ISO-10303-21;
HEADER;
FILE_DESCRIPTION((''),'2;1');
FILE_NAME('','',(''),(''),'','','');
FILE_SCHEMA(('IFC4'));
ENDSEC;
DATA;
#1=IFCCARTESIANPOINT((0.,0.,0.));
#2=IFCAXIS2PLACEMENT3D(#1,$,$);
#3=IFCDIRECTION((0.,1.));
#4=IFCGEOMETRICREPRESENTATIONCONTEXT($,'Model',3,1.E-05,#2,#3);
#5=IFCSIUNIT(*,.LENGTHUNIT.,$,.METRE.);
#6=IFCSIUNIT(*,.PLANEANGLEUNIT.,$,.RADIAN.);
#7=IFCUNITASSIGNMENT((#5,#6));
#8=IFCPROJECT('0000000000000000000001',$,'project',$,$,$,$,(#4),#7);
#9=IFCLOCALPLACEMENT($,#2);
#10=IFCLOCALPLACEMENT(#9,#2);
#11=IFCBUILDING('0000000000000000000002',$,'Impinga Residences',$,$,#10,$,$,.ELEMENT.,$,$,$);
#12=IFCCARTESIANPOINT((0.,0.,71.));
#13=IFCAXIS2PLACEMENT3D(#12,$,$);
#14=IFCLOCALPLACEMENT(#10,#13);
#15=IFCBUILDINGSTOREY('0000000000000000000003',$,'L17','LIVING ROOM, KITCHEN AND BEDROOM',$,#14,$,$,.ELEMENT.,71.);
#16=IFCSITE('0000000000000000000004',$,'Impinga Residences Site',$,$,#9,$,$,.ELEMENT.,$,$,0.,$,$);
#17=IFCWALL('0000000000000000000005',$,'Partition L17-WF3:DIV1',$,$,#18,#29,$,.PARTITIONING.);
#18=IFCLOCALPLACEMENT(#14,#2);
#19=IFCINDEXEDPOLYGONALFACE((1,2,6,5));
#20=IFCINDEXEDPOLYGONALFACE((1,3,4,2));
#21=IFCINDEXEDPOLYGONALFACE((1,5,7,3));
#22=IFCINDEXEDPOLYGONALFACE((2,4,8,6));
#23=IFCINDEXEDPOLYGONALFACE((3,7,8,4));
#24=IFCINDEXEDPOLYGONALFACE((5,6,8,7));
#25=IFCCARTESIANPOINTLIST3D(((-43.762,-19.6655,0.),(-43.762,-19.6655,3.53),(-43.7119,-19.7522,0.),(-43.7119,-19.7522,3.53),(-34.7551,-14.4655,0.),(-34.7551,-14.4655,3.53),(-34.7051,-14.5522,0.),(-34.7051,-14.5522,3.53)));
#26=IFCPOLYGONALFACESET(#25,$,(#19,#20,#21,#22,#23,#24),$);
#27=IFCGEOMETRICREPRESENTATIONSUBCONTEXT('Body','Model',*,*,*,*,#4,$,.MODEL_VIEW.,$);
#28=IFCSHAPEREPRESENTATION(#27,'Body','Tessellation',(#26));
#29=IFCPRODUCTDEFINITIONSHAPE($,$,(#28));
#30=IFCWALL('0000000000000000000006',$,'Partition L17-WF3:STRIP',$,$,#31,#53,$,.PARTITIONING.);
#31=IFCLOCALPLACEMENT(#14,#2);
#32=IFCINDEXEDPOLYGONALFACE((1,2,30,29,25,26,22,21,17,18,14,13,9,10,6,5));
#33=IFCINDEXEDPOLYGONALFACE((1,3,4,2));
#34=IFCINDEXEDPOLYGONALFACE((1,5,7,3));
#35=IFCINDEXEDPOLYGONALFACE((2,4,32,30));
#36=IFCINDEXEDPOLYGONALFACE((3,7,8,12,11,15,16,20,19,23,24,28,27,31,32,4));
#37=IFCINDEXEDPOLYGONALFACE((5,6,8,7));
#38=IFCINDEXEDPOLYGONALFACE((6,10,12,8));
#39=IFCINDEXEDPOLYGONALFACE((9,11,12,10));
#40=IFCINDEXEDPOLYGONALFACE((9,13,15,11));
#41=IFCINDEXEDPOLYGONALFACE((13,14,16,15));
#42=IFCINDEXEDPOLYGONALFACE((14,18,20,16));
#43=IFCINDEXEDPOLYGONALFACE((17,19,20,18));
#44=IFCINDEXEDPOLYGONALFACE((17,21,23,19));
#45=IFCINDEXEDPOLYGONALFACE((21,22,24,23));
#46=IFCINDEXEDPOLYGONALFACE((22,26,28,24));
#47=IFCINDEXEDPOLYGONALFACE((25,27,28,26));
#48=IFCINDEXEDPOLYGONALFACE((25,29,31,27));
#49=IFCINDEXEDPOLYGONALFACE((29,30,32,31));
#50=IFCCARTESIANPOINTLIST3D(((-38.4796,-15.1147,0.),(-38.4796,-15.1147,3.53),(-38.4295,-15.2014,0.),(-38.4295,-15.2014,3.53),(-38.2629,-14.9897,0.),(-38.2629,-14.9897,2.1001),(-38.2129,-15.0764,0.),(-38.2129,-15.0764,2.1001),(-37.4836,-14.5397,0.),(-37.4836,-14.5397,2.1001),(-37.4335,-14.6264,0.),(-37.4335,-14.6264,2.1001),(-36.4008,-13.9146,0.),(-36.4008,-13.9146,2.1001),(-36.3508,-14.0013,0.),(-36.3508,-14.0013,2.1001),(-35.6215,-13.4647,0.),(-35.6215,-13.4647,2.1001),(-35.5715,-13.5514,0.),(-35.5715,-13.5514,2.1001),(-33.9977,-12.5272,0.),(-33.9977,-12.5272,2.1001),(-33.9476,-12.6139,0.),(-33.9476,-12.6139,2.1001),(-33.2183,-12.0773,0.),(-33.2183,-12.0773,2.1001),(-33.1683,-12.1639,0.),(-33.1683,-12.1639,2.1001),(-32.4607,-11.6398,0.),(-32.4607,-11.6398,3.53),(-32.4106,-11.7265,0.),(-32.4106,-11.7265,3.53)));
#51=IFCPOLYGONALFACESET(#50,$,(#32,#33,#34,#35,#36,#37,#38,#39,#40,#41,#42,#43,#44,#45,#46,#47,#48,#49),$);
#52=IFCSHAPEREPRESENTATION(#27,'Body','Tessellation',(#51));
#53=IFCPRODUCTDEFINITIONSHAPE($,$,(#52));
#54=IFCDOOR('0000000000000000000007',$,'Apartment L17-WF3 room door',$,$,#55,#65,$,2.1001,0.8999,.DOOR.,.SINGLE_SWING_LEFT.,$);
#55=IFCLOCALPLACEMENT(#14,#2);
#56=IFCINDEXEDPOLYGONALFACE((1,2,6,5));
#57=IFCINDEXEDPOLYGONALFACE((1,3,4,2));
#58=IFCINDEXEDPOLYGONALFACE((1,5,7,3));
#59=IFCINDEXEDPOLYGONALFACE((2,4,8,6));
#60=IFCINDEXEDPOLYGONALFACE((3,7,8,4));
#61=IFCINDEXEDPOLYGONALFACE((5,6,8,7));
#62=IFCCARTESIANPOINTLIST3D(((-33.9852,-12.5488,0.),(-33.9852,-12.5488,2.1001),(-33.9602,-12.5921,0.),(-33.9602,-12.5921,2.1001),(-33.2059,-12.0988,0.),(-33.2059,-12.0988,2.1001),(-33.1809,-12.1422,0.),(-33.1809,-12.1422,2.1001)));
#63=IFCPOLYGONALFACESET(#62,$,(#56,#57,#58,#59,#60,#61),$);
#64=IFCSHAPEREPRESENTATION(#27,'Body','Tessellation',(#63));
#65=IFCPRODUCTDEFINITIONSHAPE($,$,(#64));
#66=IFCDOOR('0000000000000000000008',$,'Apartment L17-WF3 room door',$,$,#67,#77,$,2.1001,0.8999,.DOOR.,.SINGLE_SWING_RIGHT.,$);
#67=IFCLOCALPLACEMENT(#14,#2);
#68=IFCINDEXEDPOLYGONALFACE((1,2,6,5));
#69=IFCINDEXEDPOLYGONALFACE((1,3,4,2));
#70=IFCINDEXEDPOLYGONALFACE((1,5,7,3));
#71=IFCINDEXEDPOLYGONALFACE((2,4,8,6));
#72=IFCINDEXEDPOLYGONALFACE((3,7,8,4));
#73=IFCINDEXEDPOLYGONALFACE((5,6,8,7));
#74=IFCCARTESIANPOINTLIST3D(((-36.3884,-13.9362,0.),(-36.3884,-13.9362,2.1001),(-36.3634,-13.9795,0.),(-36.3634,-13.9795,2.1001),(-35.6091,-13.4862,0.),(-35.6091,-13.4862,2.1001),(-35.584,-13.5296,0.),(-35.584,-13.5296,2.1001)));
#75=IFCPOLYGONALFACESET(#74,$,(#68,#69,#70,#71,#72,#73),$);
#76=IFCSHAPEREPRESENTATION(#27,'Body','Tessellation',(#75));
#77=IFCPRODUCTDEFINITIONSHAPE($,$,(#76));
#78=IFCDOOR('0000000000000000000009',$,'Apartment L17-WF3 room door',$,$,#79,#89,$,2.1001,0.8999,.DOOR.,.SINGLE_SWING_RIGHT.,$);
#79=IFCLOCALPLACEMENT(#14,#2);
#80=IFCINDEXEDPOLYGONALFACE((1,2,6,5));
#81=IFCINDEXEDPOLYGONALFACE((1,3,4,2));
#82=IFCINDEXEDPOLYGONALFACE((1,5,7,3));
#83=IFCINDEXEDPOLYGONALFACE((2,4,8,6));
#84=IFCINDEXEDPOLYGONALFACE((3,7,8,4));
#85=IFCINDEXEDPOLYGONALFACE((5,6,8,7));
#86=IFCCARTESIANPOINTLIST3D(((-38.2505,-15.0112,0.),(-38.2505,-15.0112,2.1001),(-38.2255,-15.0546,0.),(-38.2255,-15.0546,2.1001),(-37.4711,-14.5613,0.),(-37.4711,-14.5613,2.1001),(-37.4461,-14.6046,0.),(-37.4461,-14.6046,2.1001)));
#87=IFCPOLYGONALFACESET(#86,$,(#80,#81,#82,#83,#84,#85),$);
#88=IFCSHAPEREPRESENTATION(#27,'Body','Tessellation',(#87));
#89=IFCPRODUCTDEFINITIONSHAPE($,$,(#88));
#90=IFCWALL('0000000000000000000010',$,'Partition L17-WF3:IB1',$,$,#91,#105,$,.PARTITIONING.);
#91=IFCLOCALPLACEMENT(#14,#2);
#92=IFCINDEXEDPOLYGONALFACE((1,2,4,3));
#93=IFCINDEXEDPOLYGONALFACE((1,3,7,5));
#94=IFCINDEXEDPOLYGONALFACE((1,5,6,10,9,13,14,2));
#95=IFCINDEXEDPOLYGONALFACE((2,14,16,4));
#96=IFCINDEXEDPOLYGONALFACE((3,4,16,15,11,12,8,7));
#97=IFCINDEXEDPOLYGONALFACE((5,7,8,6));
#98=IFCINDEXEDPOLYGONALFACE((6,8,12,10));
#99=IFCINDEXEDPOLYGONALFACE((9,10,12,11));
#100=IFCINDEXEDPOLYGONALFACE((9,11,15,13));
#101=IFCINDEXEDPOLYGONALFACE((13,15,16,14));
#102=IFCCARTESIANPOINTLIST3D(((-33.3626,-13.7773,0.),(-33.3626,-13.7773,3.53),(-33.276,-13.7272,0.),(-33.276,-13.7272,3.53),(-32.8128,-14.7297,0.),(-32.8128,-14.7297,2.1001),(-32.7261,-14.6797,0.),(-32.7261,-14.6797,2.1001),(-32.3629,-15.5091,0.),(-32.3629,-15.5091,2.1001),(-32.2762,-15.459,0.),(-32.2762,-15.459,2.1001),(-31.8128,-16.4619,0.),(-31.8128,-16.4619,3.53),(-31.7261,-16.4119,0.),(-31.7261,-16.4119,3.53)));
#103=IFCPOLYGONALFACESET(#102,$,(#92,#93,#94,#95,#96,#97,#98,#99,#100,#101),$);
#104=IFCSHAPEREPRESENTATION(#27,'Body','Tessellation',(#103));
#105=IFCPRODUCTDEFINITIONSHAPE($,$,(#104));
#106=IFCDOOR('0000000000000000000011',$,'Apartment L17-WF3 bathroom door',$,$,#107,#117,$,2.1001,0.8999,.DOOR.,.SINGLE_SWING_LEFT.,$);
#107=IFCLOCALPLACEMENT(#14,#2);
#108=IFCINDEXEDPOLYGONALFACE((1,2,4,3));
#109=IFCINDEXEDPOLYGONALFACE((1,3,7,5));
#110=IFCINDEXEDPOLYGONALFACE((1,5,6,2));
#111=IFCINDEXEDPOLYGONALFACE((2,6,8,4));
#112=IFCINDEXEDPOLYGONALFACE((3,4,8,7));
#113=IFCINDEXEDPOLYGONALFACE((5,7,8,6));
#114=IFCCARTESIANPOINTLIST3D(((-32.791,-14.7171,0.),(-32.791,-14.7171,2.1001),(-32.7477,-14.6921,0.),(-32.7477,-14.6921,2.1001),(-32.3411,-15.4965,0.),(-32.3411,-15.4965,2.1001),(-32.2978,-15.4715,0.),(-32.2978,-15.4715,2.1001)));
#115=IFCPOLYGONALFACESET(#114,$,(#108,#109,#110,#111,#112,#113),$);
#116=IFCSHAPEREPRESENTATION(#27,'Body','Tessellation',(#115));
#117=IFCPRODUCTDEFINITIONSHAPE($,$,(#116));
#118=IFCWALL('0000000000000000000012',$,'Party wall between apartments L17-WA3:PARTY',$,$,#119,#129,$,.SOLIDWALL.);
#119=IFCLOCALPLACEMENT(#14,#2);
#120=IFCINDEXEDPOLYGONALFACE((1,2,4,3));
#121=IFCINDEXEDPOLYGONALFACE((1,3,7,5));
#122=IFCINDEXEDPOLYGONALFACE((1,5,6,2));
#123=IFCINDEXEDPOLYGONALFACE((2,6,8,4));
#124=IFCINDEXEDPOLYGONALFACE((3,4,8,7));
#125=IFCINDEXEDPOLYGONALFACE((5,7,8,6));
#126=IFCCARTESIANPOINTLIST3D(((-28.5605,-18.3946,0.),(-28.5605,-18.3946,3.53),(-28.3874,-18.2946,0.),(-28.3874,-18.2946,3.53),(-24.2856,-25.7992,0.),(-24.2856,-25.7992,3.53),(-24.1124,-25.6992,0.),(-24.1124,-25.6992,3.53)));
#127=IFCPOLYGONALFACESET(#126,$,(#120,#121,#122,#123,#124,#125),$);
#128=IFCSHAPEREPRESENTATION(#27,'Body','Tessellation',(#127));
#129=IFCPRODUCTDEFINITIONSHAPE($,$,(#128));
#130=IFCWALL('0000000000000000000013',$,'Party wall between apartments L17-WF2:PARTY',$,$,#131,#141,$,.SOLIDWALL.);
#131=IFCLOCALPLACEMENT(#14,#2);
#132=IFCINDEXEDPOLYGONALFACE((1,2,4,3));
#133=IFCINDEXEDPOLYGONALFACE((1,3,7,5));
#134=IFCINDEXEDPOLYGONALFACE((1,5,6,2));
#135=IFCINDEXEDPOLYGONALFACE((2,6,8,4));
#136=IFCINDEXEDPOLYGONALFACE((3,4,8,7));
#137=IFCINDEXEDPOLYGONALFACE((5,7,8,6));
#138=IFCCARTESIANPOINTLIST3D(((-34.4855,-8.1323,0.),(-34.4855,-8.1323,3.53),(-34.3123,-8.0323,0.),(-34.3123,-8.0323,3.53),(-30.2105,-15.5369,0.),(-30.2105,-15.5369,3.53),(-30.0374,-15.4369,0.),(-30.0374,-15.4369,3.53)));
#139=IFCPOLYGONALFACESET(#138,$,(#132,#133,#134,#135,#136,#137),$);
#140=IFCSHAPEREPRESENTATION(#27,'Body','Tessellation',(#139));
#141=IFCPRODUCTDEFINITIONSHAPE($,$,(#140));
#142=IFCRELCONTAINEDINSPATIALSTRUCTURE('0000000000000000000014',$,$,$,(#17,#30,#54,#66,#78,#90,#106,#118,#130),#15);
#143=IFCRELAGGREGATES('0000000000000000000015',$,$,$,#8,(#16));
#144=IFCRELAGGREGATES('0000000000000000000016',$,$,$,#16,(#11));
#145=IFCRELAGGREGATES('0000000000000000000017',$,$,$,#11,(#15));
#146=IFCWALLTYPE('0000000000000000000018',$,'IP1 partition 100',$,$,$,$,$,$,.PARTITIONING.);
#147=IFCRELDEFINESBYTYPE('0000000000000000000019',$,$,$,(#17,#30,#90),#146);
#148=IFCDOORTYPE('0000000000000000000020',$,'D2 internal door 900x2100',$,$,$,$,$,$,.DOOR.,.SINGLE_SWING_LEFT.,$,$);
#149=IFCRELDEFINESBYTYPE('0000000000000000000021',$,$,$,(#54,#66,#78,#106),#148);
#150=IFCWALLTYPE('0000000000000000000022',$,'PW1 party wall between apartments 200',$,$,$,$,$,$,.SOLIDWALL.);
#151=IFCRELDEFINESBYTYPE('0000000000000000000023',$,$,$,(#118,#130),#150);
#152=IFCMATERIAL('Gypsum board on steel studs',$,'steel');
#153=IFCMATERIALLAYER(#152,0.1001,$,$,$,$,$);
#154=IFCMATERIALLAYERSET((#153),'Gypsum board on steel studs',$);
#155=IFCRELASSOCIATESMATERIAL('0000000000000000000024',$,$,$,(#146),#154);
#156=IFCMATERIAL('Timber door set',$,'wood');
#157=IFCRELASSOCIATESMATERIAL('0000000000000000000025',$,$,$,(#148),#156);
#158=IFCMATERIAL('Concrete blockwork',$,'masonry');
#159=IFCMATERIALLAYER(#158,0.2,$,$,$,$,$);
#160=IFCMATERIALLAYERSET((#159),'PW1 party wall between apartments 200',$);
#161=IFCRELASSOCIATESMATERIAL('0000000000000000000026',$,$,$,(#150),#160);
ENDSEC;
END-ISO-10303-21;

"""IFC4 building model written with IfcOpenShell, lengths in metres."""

from ifc_helpers import new_model, si_unit, direction, frame, frame_2d, origin, place, context, subcontext, project, spatial, rectangle, extrude, material, layer, layer_set, type_object, element, fill, save


model = new_model("IFC4")

# Units and contexts
model_context = context("Model", 3, precision=1e-05, world=origin(), true_north=direction((0.0, 1.0)))
body_context = subcontext(model_context, "Body", "Model", "MODEL_VIEW")
ifc_project = project(units=[si_unit("LENGTHUNIT", "METRE"), si_unit("PLANEANGLEUNIT", "RADIAN")], contexts=[model_context])

# Site, building, storey
site_placement = place(None, origin())
site = spatial("IfcSite", under=ifc_project, at=site_placement, Name="Impinga Residences Site", CompositionType="ELEMENT", RefElevation=0.0)
building_placement = place(site_placement, origin())
building = spatial("IfcBuilding", under=site, at=building_placement, Name="Impinga Residences", CompositionType="ELEMENT")
storey_placement = place(building_placement, frame((0.0, 0.0, 71.0)))
storey = spatial("IfcBuildingStorey", under=building, at=storey_placement, Name="L17", Description="LIVING ROOM, KITCHEN AND BEDROOM", CompositionType="ELEMENT", Elevation=71.0)

# Shared definitions
ifc_material_1 = material(Name="Concrete blockwork", Category="masonry")
ifc_material_2 = material(Name="Timber door set", Category="wood")
ifc_material_3 = material(Name="Gypsum board on steel studs", Category="steel")
ifc_layer_1 = layer(ifc_material_3, 0.1001)
ifc_layer_set_1 = layer_set([ifc_layer_1], Name="Gypsum board on steel studs")
wall_type_1 = type_object("IfcWallType", Name="IP1 partition 100", PredefinedType="PARTITIONING", material=ifc_layer_set_1)
door_type_1 = type_object("IfcDoorType", Name="D2 internal door 900x2100", OperationType="SINGLE_SWING_LEFT", PredefinedType="DOOR", material=ifc_material_2)

# Wall
wall_1_placement = place(storey_placement, frame((-34.73, -14.5088, 0.0), z_axis=(0.0, 0.0, 1.0), x_axis=(-0.866032, -0.499989, 0.0)))
element("IfcWall", 1, at=wall_1_placement, inside=storey, type_object=wall_type_1, Name="Partition L17-WF3:DIV1", PredefinedType="PARTITIONING", context=body_context, shape_type="SweptSolid", body=[
    extrude(rectangle(XDim=10.4001, YDim=0.1001, at=frame_2d((5.2002, 0.0))), origin(), (0.0, 0.0, 1.0), 3.53),
])

# Wall, openings, doors
wall_2_placement = place(storey_placement, frame((-32.4355, -11.6831, 0.0), z_axis=(0.0, 0.0, 1.0), x_axis=(-0.866032, -0.499989, 0.0)))
wall_2 = element("IfcWall", 2, at=wall_2_placement, inside=storey, type_object=wall_type_1, Name="Partition L17-WF3:STRIP", PredefinedType="PARTITIONING", context=body_context, shape_type="SweptSolid", body=[
    extrude(rectangle(XDim=6.95, YDim=0.1001, at=frame_2d((3.4751, 0.0))), origin(), (0.0, 0.0, 1.0), 3.53),
])
opening_1_placement = place(wall_2_placement, frame((0.875, 0.0, 0.0)))
opening_1 = element("IfcOpeningElement", 3, at=opening_1_placement, cuts=wall_2, PredefinedType="OPENING", context=body_context, shape_type="SweptSolid", body=[
    extrude(rectangle(XDim=0.8999, YDim=2.1001, at=frame_2d((0.45, 1.05))), frame((0.0, 0.0601, 0.0), z_axis=(0.0, -1.0, 0.0), x_axis=(1.0, 0.0, 0.0)), (0.0, 0.0, 1.0), 0.1201),
])
opening_2_placement = place(wall_2_placement, frame((3.6499, 0.0, 0.0)))
opening_2 = element("IfcOpeningElement", 4, at=opening_2_placement, cuts=wall_2, PredefinedType="OPENING", context=body_context, shape_type="SweptSolid", body=[
    extrude(rectangle(XDim=0.8999, YDim=2.1001, at=frame_2d((0.45, 1.05))), frame((0.0, 0.0601, 0.0), z_axis=(0.0, -1.0, 0.0), x_axis=(1.0, 0.0, 0.0)), (0.0, 0.0, 1.0), 0.1201),
])
opening_3_placement = place(wall_2_placement, frame((5.8, 0.0, 0.0)))
opening_3 = element("IfcOpeningElement", 5, at=opening_3_placement, cuts=wall_2, PredefinedType="OPENING", context=body_context, shape_type="SweptSolid", body=[
    extrude(rectangle(XDim=0.8999, YDim=2.1001, at=frame_2d((0.45, 1.05))), frame((0.0, 0.0601, 0.0), z_axis=(0.0, -1.0, 0.0), x_axis=(1.0, 0.0, 0.0)), (0.0, 0.0, 1.0), 0.1201),
])
door_1_placement = place(opening_1_placement, origin())
door_1 = element("IfcDoor", 6, at=door_1_placement, inside=storey, type_object=door_type_1, Name="Apartment L17-WF3 room door", OperationType="SINGLE_SWING_LEFT", OverallHeight=2.1001, OverallWidth=0.8999, PredefinedType="DOOR", context=body_context, shape_type="SweptSolid", body=[
    extrude(rectangle(XDim=0.8999, YDim=2.1001, at=frame_2d((0.45, 1.05))), frame((0.0, 0.0249, 0.0), z_axis=(0.0, -1.0, 0.0), x_axis=(1.0, 0.0, 0.0)), (0.0, 0.0, 1.0), 0.05),
])
fill(opening_1, door_1)
door_2_placement = place(opening_2_placement, origin())
door_2 = element("IfcDoor", 7, at=door_2_placement, inside=storey, type_object=door_type_1, Name="Apartment L17-WF3 room door", OperationType="SINGLE_SWING_RIGHT", OverallHeight=2.1001, OverallWidth=0.8999, PredefinedType="DOOR", context=body_context, shape_type="SweptSolid", body=[
    extrude(rectangle(XDim=0.8999, YDim=2.1001, at=frame_2d((0.45, 1.05))), frame((0.0, 0.0249, 0.0), z_axis=(0.0, -1.0, 0.0), x_axis=(1.0, 0.0, 0.0)), (0.0, 0.0, 1.0), 0.05),
])
fill(opening_2, door_2)
door_3_placement = place(opening_3_placement, origin())
door_3 = element("IfcDoor", 8, at=door_3_placement, inside=storey, type_object=door_type_1, Name="Apartment L17-WF3 room door", OperationType="SINGLE_SWING_RIGHT", OverallHeight=2.1001, OverallWidth=0.8999, PredefinedType="DOOR", context=body_context, shape_type="SweptSolid", body=[
    extrude(rectangle(XDim=0.8999, YDim=2.1001, at=frame_2d((0.45, 1.05))), frame((0.0, 0.0249, 0.0), z_axis=(0.0, -1.0, 0.0), x_axis=(1.0, 0.0, 0.0)), (0.0, 0.0, 1.0), 0.05),
])
fill(opening_3, door_3)

# Wall, opening, door
wall_3_placement = place(storey_placement, frame((-31.7695, -16.4368, 0.0), z_axis=(0.0, 0.0, 1.0), x_axis=(-0.499968, 0.866044, 0.0)))
wall_3 = element("IfcWall", 9, at=wall_3_placement, inside=storey, type_object=wall_type_1, Name="Partition L17-WF3:IB1", PredefinedType="PARTITIONING", context=body_context, shape_type="SweptSolid", body=[
    extrude(rectangle(XDim=3.0999, YDim=0.1001, at=frame_2d((1.5498, 0.0))), origin(), (0.0, 0.0, 1.0), 3.53),
])
opening_4_placement = place(wall_3_placement, frame((1.1001, 0.0, 0.0)))
opening_4 = element("IfcOpeningElement", 10, at=opening_4_placement, cuts=wall_3, PredefinedType="OPENING", context=body_context, shape_type="SweptSolid", body=[
    extrude(rectangle(XDim=0.8999, YDim=2.1001, at=frame_2d((0.45, 1.05))), frame((0.0, 0.0601, 0.0), z_axis=(0.0, -1.0, 0.0), x_axis=(1.0, 0.0, 0.0)), (0.0, 0.0, 1.0), 0.1201),
])
door_4_placement = place(opening_4_placement, origin())
door_4 = element("IfcDoor", 11, at=door_4_placement, inside=storey, type_object=door_type_1, Name="Apartment L17-WF3 bathroom door", OperationType="SINGLE_SWING_LEFT", OverallHeight=2.1001, OverallWidth=0.8999, PredefinedType="DOOR", context=body_context, shape_type="SweptSolid", body=[
    extrude(rectangle(XDim=0.8999, YDim=2.1001, at=frame_2d((0.45, 1.05))), frame((0.0, 0.0249, 0.0), z_axis=(0.0, -1.0, 0.0), x_axis=(1.0, 0.0, 0.0)), (0.0, 0.0, 1.0), 0.05),
])
fill(opening_4, door_4)

# Walls
ifc_layer_2 = layer(ifc_material_1, 0.2)
ifc_layer_set_2 = layer_set([ifc_layer_2], Name="PW1 party wall between apartments 200")
wall_type_2 = type_object("IfcWallType", Name="PW1 party wall between apartments 200", PredefinedType="SOLIDWALL", material=ifc_layer_set_2)
for number, where, z_axis, x_axis, name in (
    (12, (-28.4739, -18.3447, 0.0), (0.0, 0.0, 1.0), (0.49999, -0.866031, 0.0), "Party wall between apartments L17-WA3:PARTY"),
    (13, (-30.124, -15.4868, 0.0), (0.0, 0.0, 1.0), (-0.49999, 0.866031, 0.0), "Party wall between apartments L17-WF2:PARTY"),
):
    element("IfcWall", number, at=place(storey_placement, frame(where, z_axis=z_axis, x_axis=x_axis)), inside=storey, type_object=wall_type_2, Name=name, PredefinedType="SOLIDWALL", context=body_context, shape_type="SweptSolid", body=[
        extrude(rectangle(XDim=8.55, YDim=0.2, at=frame_2d((4.2749, 0.0))), origin(), (0.0, 0.0, 1.0), 3.53),
    ])

save(model, "model.ifc")
